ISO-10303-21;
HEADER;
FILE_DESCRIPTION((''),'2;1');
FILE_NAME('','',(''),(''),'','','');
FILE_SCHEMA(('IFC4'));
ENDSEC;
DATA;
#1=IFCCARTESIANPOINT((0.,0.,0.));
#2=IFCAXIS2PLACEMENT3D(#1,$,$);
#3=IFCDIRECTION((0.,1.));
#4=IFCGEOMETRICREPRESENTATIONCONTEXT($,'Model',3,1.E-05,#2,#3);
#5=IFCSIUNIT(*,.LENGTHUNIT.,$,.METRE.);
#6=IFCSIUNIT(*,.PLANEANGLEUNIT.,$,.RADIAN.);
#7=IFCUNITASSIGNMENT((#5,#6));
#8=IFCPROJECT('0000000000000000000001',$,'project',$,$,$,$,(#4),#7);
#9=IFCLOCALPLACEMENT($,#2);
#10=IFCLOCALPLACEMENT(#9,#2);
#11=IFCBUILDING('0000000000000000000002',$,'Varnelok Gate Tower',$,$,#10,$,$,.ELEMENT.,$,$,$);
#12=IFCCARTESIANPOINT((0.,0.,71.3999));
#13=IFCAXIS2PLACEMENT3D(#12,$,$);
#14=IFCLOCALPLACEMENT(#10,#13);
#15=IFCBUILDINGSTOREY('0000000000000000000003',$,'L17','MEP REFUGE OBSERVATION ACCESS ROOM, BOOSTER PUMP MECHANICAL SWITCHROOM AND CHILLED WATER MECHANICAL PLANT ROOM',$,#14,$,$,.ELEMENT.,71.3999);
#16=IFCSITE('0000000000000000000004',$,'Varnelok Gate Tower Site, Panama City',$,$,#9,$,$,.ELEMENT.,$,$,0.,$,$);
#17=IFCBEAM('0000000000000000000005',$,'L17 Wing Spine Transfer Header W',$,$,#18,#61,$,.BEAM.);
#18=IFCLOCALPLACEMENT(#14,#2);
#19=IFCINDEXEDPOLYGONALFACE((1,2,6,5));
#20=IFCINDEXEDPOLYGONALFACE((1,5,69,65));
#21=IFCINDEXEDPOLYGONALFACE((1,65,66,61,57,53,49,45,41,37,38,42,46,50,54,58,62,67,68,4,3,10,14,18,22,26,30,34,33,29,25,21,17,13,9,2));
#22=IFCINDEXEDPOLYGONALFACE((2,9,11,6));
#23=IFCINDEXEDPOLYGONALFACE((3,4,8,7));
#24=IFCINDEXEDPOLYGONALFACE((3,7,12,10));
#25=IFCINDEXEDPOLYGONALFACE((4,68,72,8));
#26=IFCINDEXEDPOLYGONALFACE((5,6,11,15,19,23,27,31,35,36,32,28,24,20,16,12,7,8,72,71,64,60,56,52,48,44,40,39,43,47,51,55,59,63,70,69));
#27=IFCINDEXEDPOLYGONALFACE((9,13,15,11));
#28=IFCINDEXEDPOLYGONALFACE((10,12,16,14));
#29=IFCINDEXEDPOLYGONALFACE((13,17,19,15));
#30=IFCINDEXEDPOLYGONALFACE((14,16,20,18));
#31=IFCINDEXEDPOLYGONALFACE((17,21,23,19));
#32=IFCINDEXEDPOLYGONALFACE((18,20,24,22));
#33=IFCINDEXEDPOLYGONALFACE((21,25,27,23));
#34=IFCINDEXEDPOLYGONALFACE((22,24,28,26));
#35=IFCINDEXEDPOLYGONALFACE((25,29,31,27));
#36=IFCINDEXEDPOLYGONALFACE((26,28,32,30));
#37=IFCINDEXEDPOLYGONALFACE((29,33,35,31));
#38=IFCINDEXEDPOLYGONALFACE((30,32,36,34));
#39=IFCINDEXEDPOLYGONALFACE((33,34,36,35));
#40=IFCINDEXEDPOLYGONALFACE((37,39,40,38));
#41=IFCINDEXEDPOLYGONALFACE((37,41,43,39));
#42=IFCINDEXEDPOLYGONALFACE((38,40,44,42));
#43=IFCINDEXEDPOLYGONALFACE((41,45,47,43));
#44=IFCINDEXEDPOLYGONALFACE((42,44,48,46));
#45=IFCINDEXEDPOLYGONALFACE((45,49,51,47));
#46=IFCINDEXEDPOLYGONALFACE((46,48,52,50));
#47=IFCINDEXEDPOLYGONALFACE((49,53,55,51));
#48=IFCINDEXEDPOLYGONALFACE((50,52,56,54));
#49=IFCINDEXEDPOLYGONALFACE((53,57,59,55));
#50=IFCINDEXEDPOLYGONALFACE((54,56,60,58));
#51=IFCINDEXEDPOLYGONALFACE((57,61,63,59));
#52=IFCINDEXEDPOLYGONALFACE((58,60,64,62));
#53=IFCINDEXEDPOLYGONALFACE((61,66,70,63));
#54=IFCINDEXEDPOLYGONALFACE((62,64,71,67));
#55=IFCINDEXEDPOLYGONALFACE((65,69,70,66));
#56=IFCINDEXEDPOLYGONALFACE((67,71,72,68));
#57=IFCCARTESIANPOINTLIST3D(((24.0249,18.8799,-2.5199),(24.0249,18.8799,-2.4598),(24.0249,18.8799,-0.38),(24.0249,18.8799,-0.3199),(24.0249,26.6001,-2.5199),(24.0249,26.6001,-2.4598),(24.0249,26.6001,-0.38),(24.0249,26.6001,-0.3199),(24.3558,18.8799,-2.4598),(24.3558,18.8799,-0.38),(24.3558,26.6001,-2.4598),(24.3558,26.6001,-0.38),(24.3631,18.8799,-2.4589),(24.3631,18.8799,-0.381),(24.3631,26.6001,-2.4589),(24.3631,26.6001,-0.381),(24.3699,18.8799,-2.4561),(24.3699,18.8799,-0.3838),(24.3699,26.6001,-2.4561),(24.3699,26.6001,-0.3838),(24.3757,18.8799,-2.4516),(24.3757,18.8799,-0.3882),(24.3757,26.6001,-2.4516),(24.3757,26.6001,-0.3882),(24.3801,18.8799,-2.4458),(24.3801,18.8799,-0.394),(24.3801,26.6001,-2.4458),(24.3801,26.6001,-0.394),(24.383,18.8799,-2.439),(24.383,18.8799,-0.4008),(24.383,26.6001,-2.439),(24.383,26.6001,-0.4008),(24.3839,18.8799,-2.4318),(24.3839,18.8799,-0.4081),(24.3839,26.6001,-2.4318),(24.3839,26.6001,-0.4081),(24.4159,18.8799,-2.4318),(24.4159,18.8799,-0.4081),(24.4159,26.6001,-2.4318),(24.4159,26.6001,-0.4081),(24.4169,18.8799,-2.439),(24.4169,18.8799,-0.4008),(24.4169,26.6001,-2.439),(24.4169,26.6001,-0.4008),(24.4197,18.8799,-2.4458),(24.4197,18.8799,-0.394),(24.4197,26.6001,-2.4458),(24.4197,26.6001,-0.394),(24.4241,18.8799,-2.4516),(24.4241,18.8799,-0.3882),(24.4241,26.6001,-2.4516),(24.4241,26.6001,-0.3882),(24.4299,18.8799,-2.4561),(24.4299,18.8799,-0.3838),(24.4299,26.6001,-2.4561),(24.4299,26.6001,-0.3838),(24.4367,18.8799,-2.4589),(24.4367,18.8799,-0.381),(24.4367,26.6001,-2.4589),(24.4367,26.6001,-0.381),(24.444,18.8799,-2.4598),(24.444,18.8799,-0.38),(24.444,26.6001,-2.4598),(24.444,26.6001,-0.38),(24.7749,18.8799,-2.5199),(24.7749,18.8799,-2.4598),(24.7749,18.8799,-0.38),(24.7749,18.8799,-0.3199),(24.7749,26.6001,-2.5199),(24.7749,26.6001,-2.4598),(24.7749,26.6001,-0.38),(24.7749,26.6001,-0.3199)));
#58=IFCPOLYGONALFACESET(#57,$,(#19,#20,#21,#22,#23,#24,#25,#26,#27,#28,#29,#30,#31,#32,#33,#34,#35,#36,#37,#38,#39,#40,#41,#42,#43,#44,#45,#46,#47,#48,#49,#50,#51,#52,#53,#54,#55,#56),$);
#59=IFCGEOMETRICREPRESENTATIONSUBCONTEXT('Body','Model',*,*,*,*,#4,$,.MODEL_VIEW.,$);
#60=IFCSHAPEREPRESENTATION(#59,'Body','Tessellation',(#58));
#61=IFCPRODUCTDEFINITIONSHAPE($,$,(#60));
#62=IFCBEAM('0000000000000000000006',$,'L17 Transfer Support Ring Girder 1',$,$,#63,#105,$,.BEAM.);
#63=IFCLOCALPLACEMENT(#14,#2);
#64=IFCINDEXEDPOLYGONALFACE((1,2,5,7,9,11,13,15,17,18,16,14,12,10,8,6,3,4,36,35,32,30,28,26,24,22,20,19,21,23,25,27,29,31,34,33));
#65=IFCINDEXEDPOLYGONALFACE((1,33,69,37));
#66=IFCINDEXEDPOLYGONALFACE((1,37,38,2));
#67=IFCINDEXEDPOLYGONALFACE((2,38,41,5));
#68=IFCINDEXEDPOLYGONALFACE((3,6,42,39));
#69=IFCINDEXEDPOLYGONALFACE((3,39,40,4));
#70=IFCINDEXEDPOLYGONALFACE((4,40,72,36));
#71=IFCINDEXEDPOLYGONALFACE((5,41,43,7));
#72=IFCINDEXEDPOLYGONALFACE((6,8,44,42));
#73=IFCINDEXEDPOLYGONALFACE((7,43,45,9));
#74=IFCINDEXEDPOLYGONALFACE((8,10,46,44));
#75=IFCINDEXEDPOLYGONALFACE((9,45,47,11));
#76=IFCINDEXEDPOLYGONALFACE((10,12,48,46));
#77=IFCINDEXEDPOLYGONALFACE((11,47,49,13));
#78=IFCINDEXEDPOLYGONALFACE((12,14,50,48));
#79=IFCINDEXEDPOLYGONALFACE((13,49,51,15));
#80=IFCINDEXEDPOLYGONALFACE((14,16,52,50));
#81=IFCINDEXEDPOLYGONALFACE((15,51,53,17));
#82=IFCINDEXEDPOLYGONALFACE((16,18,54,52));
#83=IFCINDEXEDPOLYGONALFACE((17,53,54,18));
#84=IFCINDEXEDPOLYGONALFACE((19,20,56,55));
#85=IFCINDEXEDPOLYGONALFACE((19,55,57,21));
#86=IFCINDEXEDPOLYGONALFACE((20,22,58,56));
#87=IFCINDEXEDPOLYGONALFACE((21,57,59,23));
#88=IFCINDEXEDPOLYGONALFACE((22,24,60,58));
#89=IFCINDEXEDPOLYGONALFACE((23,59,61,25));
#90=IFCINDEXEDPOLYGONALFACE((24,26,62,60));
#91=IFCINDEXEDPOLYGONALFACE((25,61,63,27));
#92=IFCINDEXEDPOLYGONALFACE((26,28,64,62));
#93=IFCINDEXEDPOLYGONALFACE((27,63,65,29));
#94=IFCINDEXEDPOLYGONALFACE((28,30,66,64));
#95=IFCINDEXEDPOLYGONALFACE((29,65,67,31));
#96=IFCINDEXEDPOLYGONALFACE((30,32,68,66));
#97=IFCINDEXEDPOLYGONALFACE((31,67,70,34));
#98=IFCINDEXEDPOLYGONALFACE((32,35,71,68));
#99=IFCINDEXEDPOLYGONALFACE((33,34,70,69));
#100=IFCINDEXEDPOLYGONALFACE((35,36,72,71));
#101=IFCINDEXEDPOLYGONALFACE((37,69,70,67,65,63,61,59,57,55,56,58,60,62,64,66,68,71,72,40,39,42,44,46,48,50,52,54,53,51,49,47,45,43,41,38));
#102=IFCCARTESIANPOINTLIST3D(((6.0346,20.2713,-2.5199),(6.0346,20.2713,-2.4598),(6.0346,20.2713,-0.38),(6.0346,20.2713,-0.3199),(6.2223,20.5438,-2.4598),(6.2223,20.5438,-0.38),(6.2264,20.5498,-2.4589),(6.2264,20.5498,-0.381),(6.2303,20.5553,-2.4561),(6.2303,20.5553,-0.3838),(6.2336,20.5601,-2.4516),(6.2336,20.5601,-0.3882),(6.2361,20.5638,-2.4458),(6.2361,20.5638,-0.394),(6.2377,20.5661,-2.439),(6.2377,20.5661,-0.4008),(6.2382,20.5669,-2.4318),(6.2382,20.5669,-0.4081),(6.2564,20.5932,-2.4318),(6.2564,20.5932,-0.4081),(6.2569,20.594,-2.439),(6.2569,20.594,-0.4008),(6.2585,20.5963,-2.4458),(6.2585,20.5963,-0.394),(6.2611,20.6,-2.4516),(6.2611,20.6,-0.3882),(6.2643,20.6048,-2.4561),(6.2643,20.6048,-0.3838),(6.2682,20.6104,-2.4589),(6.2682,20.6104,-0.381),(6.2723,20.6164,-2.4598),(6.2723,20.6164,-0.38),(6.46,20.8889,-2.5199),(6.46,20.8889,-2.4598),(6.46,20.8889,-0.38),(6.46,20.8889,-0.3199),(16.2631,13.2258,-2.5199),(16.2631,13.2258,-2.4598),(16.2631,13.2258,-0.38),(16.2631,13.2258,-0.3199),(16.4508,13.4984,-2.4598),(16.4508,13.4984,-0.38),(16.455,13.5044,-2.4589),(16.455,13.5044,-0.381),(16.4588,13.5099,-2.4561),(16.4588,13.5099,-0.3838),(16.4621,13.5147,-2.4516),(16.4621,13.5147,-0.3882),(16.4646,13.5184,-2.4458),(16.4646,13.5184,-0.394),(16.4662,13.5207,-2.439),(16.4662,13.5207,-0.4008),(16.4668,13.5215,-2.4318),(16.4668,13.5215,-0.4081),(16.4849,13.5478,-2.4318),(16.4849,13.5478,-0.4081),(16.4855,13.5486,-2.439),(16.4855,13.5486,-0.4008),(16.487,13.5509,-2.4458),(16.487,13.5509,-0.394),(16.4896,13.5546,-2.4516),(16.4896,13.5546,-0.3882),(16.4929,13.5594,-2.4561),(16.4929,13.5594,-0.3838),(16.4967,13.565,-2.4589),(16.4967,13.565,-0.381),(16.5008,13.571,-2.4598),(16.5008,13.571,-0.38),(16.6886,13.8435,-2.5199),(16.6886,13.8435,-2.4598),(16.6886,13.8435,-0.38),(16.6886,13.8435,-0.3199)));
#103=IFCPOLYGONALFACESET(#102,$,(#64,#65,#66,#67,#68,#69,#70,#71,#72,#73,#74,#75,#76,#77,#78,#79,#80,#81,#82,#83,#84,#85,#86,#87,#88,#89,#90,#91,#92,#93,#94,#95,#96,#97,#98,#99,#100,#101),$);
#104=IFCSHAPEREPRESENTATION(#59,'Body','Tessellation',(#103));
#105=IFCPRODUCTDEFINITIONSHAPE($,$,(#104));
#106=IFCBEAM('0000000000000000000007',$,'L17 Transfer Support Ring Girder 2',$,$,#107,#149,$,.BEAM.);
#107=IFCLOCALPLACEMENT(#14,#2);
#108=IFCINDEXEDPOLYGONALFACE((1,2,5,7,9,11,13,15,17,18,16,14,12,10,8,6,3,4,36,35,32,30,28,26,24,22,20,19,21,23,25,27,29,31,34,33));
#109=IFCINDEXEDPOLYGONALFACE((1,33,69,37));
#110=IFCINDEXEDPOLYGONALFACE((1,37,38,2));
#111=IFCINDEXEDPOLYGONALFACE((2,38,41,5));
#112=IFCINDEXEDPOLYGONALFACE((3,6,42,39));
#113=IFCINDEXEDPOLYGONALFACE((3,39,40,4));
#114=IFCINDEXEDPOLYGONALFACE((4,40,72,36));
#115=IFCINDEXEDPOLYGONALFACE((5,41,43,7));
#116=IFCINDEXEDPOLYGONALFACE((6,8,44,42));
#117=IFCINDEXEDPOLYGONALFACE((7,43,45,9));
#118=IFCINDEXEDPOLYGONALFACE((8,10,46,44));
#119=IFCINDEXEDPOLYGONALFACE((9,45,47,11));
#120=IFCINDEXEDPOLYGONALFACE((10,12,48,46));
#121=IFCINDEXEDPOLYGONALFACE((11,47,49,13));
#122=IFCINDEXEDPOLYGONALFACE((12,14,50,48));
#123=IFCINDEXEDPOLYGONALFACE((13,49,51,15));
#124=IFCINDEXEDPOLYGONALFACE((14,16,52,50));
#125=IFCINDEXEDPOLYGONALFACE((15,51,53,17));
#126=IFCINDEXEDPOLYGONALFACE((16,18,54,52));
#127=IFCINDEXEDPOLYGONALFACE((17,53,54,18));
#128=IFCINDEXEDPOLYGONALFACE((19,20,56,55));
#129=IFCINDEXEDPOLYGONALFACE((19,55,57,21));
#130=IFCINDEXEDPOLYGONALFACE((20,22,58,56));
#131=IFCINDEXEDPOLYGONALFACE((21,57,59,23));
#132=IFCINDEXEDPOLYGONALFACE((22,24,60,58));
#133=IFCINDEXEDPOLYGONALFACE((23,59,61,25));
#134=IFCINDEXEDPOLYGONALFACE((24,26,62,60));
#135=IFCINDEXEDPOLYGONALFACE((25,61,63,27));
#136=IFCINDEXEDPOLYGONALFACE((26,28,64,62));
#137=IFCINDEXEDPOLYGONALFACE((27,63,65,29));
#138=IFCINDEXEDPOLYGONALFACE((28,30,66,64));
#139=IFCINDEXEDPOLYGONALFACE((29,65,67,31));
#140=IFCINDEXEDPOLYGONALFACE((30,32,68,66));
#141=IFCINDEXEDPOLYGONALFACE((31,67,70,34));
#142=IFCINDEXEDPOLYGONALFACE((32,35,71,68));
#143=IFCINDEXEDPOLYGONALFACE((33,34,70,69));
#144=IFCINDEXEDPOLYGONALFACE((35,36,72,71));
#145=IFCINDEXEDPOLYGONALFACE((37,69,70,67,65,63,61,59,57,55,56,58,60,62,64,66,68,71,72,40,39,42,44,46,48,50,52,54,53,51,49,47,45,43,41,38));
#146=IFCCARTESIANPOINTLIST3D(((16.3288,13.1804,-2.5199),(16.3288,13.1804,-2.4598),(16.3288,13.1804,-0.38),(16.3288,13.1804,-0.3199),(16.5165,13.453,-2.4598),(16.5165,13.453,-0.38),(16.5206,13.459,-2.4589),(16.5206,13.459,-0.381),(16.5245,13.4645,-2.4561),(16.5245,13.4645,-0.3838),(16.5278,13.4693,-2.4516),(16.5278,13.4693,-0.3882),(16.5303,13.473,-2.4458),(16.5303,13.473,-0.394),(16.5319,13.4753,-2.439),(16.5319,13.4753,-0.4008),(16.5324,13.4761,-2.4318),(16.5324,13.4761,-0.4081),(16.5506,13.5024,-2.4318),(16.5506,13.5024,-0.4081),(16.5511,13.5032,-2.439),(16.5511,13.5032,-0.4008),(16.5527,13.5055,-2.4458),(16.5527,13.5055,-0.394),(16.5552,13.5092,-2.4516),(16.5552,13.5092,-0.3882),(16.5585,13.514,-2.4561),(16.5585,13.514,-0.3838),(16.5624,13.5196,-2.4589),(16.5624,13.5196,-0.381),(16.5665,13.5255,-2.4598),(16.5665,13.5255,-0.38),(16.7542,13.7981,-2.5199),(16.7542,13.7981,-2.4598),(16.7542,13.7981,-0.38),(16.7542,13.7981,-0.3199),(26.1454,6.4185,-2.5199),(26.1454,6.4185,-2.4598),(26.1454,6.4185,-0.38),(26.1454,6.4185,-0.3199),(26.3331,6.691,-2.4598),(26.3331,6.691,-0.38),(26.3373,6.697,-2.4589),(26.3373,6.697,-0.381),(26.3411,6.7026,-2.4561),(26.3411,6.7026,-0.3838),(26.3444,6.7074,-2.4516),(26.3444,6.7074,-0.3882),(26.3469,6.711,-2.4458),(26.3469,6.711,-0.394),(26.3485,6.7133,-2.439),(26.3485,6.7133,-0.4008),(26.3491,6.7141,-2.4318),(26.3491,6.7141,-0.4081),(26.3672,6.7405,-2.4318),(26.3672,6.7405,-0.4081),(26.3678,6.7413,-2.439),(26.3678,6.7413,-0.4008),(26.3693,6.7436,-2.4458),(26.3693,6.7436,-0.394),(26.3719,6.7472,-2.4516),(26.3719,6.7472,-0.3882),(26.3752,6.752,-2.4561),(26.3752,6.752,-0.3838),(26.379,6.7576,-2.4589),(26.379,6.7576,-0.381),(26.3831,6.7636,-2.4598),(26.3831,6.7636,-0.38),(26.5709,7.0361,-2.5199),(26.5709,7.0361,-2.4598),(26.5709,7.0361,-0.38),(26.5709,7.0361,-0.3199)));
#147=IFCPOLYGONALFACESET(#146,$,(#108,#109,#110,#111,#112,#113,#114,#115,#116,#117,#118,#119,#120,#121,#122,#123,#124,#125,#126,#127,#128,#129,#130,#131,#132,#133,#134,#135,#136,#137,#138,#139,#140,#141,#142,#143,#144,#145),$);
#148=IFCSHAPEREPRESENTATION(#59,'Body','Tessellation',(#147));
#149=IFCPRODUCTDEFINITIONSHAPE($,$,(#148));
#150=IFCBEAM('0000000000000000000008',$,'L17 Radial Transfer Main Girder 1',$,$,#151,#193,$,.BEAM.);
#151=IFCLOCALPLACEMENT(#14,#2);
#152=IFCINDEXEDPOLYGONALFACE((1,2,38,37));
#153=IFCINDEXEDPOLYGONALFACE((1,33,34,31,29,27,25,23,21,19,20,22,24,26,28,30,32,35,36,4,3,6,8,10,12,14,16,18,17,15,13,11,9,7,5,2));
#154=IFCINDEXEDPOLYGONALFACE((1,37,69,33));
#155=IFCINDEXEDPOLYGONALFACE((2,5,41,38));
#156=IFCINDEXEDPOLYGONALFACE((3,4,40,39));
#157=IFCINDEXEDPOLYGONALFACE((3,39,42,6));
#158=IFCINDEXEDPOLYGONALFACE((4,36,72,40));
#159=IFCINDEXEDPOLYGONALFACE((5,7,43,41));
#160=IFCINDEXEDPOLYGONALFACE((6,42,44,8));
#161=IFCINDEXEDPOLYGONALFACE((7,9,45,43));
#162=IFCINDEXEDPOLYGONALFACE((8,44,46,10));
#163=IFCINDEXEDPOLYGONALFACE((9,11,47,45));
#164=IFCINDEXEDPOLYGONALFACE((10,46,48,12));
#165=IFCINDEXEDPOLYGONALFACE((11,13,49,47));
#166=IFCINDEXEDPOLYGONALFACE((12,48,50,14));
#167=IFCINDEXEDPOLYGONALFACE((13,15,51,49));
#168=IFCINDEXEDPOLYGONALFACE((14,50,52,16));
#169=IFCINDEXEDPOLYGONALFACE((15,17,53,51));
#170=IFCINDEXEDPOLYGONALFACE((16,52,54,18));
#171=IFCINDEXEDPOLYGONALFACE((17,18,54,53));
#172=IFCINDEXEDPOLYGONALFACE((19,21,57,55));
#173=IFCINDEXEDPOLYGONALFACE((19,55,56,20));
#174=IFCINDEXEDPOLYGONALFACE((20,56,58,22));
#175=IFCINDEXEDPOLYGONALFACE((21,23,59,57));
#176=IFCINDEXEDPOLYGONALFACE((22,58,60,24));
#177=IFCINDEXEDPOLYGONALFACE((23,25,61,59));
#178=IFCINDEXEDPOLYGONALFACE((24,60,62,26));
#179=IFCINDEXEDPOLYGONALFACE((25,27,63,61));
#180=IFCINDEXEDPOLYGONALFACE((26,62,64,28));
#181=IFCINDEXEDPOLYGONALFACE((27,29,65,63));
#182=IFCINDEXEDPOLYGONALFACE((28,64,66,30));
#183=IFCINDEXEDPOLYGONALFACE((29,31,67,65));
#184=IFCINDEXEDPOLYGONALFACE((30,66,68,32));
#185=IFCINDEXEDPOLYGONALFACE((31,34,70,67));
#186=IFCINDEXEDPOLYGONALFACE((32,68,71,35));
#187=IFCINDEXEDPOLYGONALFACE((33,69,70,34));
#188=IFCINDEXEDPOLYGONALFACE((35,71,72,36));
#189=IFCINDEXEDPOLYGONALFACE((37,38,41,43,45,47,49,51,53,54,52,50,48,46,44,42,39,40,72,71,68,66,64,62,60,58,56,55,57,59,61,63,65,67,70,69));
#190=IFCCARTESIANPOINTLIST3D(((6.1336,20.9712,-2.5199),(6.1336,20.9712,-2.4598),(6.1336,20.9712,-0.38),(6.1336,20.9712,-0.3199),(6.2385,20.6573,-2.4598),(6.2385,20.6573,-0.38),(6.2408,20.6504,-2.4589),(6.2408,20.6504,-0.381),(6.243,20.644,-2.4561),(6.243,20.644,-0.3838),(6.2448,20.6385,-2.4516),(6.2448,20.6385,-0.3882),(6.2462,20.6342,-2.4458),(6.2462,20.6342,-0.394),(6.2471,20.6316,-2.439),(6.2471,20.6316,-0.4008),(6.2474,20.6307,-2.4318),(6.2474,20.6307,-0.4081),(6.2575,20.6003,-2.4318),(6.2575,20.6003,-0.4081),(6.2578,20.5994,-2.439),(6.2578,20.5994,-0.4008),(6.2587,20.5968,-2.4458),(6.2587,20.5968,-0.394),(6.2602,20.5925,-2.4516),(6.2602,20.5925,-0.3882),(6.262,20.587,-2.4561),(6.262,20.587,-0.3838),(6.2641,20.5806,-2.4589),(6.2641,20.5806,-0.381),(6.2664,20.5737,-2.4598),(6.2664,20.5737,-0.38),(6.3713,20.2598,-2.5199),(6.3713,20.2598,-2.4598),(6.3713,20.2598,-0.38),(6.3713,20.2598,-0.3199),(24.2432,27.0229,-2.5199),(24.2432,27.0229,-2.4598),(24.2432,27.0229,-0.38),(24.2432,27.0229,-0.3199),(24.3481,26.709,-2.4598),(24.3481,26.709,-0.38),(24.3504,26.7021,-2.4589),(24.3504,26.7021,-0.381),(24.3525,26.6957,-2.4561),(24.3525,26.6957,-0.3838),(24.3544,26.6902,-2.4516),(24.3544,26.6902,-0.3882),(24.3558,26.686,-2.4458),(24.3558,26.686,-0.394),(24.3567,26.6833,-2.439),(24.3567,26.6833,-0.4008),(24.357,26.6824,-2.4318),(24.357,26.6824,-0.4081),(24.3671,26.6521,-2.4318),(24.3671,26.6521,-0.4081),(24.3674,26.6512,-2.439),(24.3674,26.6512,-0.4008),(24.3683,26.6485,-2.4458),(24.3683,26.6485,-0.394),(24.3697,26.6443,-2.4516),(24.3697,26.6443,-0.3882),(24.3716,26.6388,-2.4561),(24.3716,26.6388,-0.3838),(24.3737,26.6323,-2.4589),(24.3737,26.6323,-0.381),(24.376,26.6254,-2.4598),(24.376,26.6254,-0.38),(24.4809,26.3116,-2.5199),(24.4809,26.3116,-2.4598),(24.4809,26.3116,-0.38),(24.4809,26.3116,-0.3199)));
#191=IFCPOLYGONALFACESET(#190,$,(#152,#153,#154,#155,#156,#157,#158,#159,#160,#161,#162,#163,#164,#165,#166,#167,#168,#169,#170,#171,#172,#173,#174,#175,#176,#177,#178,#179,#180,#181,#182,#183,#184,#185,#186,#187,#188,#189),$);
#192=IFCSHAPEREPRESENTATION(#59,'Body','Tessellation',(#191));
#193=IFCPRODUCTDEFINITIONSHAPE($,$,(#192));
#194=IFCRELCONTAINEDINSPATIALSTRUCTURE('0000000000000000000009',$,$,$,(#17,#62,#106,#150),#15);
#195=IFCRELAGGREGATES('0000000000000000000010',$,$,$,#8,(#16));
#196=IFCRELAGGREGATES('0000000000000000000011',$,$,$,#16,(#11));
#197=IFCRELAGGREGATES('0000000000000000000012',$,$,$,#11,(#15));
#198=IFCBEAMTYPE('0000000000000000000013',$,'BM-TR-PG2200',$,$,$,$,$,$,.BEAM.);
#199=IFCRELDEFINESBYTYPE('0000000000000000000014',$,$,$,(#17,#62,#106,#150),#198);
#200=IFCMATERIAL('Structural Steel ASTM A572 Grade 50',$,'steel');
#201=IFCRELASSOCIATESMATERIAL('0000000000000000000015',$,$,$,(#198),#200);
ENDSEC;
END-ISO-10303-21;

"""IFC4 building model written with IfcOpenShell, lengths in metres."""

from ifc_helpers import new_model, si_unit, direction, frame, origin, origin_2d, place, context, subcontext, project, spatial, i_section, extrude, material, material_profile, profile_set, type_object, element, save


model = new_model("IFC4")

# Units and contexts
model_context = context("Model", 3, precision=1e-05, world=origin(), true_north=direction((0.0, 1.0)))
body_context = subcontext(model_context, "Body", "Model", "MODEL_VIEW")
ifc_project = project(units=[si_unit("LENGTHUNIT", "METRE"), si_unit("PLANEANGLEUNIT", "RADIAN")], contexts=[model_context])

# Site, building, storey
site_placement = place(None, origin())
site = spatial("IfcSite", under=ifc_project, at=site_placement, Name="Varnelok Gate Tower Site, Panama City", CompositionType="ELEMENT", RefElevation=0.0)
building_placement = place(site_placement, origin())
building = spatial("IfcBuilding", under=site, at=building_placement, Name="Varnelok Gate Tower", CompositionType="ELEMENT")
storey_placement = place(building_placement, frame((0.0, 0.0, 71.3999)))
storey = spatial("IfcBuildingStorey", under=building, at=storey_placement, Name="L17", Description="MEP REFUGE OBSERVATION ACCESS ROOM, BOOSTER PUMP MECHANICAL SWITCHROOM AND CHILLED WATER MECHANICAL PLANT ROOM", CompositionType="ELEMENT", Elevation=71.3999)

# Beams
ifc_material_1 = material(Name="Structural Steel ASTM A572 Grade 50", Category="steel")
ifc_material_profile_1 = material_profile(ifc_material_1, i_section(OverallWidth=0.75, OverallDepth=2.2, WebThickness=0.032, FlangeThickness=0.0601, FilletRadius=0.0281, at=origin_2d()), Name="PG2200X750")
ifc_profile_set_1 = profile_set([ifc_material_profile_1], Name="Structural Steel ASTM A572 Grade 50")
beam_type_1 = type_object("IfcBeamType", Name="BM-TR-PG2200", PredefinedType="BEAM", material=ifc_profile_set_1)
beam_1_placement = place(storey_placement, frame((24.3999, 18.8799, -1.4199), z_axis=(0.0, 1.0, 0.0), x_axis=(-1.0, 0.0, 0.0)))
element("IfcBeam", 1, at=beam_1_placement, inside=storey, type_object=beam_type_1, Name="L17 Wing Spine Transfer Header W", PredefinedType="BEAM", context=body_context, shape_type="SweptSolid", body=[
    extrude(i_section(OverallWidth=0.75, OverallDepth=2.2, WebThickness=0.032, FlangeThickness=0.0601, FilletRadius=0.0281, at=origin_2d()), origin(), (0.0, 0.0, 1.0), 7.7202),
])
beam_2_placement = place(storey_placement, frame((6.2473, 20.5801, -1.4199), z_axis=(0.823541, -0.567256, 0.0), x_axis=(0.567256, 0.823541, 0.0)))
element("IfcBeam", 2, at=beam_2_placement, inside=storey, type_object=beam_type_1, Name="L17 Transfer Support Ring Girder 1", PredefinedType="BEAM", context=body_context, shape_type="SweptSolid", body=[
    extrude(i_section(OverallWidth=0.75, OverallDepth=2.2, WebThickness=0.032, FlangeThickness=0.0601, FilletRadius=0.0281, at=origin_2d()), origin(), (0.0, 0.0, 1.0), 12.4202),
])
beam_3_placement = place(storey_placement, frame((16.5415, 13.4893, -1.4199), z_axis=(0.823532, -0.56727, 0.0), x_axis=(0.56727, 0.823532, 0.0)))
element("IfcBeam", 3, at=beam_3_placement, inside=storey, type_object=beam_type_1, Name="L17 Transfer Support Ring Girder 2", PredefinedType="BEAM", context=body_context, shape_type="SweptSolid", body=[
    extrude(i_section(OverallWidth=0.75, OverallDepth=2.2, WebThickness=0.032, FlangeThickness=0.0601, FilletRadius=0.0281, at=origin_2d()), origin(), (0.0, 0.0, 1.0), 11.9202),
])
beam_4_placement = place(storey_placement, frame((24.3621, 26.6672, -1.4199), z_axis=(-0.948444, -0.316945, 0.0), x_axis=(0.316945, -0.948444, 0.0)))
element("IfcBeam", 4, at=beam_4_placement, inside=storey, type_object=beam_type_1, Name="L17 Radial Transfer Main Girder 1", PredefinedType="BEAM", context=body_context, shape_type="SweptSolid", body=[
    extrude(i_section(OverallWidth=0.75, OverallDepth=2.2, WebThickness=0.032, FlangeThickness=0.0601, FilletRadius=0.0281, at=origin_2d()), origin(), (0.0, 0.0, 1.0), 19.094),
])

save(model, "model.ifc")
